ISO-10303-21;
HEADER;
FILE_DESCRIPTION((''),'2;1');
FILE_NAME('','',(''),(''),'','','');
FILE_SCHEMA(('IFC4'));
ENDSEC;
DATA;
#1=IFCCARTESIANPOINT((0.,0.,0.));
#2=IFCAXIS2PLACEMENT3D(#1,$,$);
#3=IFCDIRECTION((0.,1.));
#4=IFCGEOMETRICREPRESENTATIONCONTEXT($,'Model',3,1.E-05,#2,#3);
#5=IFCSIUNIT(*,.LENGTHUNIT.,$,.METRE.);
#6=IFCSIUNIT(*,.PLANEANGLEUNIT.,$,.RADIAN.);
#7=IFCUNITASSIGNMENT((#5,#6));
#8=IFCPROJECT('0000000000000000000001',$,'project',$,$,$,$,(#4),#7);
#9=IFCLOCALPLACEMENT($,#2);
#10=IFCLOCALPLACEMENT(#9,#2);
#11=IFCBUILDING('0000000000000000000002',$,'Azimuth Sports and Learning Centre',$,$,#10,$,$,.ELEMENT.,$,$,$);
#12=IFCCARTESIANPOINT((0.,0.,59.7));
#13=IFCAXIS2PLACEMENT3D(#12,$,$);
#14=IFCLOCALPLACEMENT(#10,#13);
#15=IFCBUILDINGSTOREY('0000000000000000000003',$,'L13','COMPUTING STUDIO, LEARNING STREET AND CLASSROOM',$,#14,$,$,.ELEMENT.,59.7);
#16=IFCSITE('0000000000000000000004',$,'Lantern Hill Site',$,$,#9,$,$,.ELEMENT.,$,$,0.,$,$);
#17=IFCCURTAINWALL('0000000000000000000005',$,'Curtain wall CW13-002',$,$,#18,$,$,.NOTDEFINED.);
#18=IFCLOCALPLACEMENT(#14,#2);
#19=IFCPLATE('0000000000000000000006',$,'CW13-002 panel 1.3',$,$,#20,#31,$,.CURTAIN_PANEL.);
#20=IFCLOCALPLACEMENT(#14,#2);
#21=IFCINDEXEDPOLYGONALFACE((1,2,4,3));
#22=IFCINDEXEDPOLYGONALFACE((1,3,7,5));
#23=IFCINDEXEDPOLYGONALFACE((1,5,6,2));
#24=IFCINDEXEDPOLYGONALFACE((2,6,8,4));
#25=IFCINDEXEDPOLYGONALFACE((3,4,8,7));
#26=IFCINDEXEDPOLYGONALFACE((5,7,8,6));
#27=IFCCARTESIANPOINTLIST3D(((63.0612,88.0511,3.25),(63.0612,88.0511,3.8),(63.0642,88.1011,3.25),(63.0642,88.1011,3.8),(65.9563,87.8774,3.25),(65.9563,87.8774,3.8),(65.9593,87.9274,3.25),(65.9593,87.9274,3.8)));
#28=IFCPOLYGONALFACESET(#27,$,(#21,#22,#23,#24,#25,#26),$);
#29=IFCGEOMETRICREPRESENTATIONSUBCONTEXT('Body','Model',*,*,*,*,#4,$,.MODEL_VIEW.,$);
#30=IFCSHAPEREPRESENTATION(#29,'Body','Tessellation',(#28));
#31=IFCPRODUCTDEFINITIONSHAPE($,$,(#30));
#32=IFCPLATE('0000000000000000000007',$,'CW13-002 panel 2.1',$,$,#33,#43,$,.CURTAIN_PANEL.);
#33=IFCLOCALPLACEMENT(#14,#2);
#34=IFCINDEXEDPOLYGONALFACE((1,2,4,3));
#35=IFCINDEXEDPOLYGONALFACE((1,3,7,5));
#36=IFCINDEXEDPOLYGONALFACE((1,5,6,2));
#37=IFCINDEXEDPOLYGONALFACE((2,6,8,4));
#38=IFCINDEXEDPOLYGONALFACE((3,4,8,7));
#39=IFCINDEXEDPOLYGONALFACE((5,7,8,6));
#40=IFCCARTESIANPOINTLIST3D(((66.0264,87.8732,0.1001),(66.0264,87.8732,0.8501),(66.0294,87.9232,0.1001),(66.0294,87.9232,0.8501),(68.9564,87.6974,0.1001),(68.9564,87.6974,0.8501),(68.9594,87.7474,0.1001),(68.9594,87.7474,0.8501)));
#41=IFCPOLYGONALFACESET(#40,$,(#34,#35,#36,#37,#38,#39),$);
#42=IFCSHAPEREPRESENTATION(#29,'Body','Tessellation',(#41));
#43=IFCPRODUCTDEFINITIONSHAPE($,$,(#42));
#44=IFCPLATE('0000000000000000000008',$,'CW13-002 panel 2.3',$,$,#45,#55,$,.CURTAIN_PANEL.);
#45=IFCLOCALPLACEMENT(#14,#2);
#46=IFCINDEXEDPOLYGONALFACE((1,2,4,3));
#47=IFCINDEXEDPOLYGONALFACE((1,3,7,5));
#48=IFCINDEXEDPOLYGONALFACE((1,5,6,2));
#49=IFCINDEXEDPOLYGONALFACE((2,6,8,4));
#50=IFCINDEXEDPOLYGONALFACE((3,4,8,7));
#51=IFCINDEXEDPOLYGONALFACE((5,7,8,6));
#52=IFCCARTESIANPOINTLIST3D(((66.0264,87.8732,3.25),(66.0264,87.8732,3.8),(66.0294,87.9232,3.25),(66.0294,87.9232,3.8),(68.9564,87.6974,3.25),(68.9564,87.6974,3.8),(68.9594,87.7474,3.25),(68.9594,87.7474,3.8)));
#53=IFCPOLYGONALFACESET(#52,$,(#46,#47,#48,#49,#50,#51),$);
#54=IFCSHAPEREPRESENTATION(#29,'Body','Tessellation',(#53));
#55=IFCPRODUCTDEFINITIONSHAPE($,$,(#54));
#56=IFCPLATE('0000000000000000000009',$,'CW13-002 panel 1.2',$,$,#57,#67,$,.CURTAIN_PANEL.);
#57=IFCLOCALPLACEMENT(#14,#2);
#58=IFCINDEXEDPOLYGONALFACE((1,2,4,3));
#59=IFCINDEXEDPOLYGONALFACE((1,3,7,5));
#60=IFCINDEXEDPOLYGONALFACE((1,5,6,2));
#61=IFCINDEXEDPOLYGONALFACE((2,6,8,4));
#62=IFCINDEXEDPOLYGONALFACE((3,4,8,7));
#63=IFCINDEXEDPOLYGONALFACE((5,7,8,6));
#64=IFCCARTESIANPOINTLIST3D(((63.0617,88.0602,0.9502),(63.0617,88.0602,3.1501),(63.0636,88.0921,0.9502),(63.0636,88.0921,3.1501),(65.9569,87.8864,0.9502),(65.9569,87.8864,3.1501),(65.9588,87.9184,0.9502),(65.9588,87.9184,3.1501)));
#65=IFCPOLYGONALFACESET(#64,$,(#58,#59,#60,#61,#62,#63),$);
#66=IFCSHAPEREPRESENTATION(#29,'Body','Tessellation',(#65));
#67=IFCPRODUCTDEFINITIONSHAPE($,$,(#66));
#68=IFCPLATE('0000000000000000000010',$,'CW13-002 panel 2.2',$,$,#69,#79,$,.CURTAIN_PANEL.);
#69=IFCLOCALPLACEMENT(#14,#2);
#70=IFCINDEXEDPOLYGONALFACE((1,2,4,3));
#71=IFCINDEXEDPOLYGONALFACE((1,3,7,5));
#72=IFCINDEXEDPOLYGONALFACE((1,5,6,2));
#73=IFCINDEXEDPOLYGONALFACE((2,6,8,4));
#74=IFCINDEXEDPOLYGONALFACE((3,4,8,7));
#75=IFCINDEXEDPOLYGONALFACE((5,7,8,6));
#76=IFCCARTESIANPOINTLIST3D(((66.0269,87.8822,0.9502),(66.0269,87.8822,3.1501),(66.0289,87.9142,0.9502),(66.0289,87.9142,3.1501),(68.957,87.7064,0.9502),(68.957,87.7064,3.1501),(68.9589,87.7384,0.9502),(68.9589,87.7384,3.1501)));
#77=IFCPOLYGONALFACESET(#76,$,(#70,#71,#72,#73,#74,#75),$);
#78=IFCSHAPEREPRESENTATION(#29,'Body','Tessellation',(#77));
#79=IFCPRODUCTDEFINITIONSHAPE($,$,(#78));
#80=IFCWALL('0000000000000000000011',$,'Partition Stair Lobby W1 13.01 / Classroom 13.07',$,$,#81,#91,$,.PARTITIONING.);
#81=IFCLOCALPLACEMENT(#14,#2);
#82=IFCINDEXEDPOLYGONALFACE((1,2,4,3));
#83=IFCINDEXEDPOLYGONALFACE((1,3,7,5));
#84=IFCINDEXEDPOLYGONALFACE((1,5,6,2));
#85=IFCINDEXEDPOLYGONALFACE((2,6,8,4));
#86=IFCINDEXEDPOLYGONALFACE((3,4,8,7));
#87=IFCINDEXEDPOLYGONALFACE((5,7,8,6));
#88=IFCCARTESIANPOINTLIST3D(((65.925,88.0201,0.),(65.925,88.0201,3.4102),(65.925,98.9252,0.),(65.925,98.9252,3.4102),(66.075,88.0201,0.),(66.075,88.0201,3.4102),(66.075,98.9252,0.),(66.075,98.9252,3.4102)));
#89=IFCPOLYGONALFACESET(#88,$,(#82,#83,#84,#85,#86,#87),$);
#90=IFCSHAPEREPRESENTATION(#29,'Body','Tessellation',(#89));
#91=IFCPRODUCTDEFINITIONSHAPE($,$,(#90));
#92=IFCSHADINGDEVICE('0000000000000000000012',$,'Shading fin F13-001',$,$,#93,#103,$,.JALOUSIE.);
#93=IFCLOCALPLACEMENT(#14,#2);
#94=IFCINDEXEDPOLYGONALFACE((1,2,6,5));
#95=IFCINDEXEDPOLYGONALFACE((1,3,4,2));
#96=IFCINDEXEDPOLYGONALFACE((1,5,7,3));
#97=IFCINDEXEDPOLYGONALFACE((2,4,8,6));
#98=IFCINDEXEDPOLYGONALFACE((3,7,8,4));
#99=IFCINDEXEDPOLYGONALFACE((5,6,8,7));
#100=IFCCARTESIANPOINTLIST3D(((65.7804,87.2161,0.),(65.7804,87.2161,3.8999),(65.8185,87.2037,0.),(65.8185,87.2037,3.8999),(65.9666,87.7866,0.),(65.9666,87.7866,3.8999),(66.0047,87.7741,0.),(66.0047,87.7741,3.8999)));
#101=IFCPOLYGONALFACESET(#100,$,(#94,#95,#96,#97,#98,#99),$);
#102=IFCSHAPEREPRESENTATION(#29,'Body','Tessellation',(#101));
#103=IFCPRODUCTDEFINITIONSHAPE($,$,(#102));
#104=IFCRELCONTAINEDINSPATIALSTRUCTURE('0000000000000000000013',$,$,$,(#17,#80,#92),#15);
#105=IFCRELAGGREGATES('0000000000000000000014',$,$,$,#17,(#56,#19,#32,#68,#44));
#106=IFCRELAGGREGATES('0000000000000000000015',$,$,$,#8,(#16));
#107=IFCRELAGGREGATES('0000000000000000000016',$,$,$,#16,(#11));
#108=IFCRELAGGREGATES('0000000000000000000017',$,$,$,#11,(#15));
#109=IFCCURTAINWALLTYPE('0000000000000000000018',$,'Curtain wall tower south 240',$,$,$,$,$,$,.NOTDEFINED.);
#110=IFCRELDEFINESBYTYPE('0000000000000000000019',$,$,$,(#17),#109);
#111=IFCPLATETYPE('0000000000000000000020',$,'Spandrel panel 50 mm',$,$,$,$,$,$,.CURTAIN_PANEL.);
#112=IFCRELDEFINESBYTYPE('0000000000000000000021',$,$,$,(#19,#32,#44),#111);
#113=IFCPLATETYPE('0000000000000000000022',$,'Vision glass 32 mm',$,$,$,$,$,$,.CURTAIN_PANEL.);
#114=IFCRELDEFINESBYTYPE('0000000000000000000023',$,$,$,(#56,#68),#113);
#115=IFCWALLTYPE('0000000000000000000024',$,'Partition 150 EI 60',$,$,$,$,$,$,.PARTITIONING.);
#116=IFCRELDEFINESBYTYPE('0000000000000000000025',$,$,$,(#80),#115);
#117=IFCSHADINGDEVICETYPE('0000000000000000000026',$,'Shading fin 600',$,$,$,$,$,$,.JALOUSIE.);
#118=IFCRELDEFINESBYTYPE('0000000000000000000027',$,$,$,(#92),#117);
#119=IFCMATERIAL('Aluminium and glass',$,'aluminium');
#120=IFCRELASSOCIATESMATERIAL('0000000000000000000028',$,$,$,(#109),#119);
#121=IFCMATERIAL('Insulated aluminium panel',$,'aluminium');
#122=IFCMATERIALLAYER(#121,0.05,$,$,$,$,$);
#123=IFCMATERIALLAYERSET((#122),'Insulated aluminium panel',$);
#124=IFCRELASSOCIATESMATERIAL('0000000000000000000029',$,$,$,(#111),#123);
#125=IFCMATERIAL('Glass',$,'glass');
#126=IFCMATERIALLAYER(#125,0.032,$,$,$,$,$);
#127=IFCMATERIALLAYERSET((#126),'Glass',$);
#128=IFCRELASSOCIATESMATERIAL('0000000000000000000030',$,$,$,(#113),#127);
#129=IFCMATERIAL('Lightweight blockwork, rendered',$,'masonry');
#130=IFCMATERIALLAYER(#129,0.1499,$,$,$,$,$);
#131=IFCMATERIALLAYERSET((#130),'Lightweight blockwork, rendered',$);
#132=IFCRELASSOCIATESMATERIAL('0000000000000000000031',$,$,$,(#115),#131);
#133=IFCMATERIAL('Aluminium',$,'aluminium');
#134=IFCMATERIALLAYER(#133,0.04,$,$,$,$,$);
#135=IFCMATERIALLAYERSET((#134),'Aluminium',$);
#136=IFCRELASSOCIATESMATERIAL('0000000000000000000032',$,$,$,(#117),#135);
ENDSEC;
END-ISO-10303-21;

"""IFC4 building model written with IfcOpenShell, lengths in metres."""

from ifc_helpers import new_model, si_unit, direction, frame, frame_2d, origin, origin_2d, place, context, subcontext, project, spatial, rectangle, extrude, material, layer, layer_set, type_object, element, aggregate, save


model = new_model("IFC4")

# Units and contexts
model_context = context("Model", 3, precision=1e-05, world=origin(), true_north=direction((0.0, 1.0)))
body_context = subcontext(model_context, "Body", "Model", "MODEL_VIEW")
ifc_project = project(units=[si_unit("LENGTHUNIT", "METRE"), si_unit("PLANEANGLEUNIT", "RADIAN")], contexts=[model_context])

# Site, building, storey
site_placement = place(None, origin())
site = spatial("IfcSite", under=ifc_project, at=site_placement, Name="Lantern Hill Site", CompositionType="ELEMENT", RefElevation=0.0)
building_placement = place(site_placement, origin())
building = spatial("IfcBuilding", under=site, at=building_placement, Name="Azimuth Sports and Learning Centre", CompositionType="ELEMENT")
storey_placement = place(building_placement, frame((0.0, 0.0, 59.7)))
storey = spatial("IfcBuildingStorey", under=building, at=storey_placement, Name="L13", Description="COMPUTING STUDIO, LEARNING STREET AND CLASSROOM", CompositionType="ELEMENT", Elevation=59.7)

# Curtain wall, plates
ifc_material_1 = material(Name="Aluminium and glass", Category="aluminium")
curtain_wall_type = type_object("IfcCurtainWallType", Name="Curtain wall tower south 240", PredefinedType="NOTDEFINED", material=ifc_material_1)
curtain_wall_placement = place(storey_placement, origin())
curtain_wall = element("IfcCurtainWall", 1, at=curtain_wall_placement, inside=storey, type_object=curtain_wall_type, Name="Curtain wall CW13-002", PredefinedType="NOTDEFINED")
ifc_material_2 = material(Name="Insulated aluminium panel", Category="aluminium")
ifc_layer_1 = layer(ifc_material_2, 0.05)
ifc_layer_set_1 = layer_set([ifc_layer_1], Name="Insulated aluminium panel")
plate_type_1 = type_object("IfcPlateType", Name="Spandrel panel 50 mm", PredefinedType="CURTAIN_PANEL", material=ifc_layer_set_1)
plate_1_placement = place(storey_placement, frame((64.5103, 87.9893, 3.25), z_axis=(0.0, 0.0, 1.0), x_axis=(0.998205, -0.059892, 0.0)))
plate_1 = element("IfcPlate", 2, at=plate_1_placement, type_object=plate_type_1, Name="CW13-002 panel 1.3", PredefinedType="CURTAIN_PANEL", context=body_context, shape_type="SweptSolid", body=[
    extrude(rectangle(XDim=2.9004, YDim=0.05, at=origin_2d()), origin(), (0.0, 0.0, 1.0), 0.55),
])
plate_2_placement = place(storey_placement, frame((67.4929, 87.8103, 0.1001), z_axis=(0.0, 0.0, 1.0), x_axis=(0.998205, -0.059892, 0.0)))
plate_2 = element("IfcPlate", 3, at=plate_2_placement, type_object=plate_type_1, Name="CW13-002 panel 2.1", PredefinedType="CURTAIN_PANEL", context=body_context, shape_type="SweptSolid", body=[
    extrude(rectangle(XDim=2.9353, YDim=0.05, at=origin_2d()), origin(), (0.0, 0.0, 1.0), 0.75),
])
plate_3_placement = place(storey_placement, frame((67.4929, 87.8103, 3.25), z_axis=(0.0, 0.0, 1.0), x_axis=(0.998205, -0.059892, 0.0)))
plate_3 = element("IfcPlate", 4, at=plate_3_placement, type_object=plate_type_1, Name="CW13-002 panel 2.3", PredefinedType="CURTAIN_PANEL", context=body_context, shape_type="SweptSolid", body=[
    extrude(rectangle(XDim=2.9353, YDim=0.05, at=origin_2d()), origin(), (0.0, 0.0, 1.0), 0.55),
])
ifc_material_3 = material(Name="Glass", Category="glass")
ifc_layer_2 = layer(ifc_material_3, 0.032)
ifc_layer_set_2 = layer_set([ifc_layer_2], Name="Glass")
plate_type_2 = type_object("IfcPlateType", Name="Vision glass 32 mm", PredefinedType="CURTAIN_PANEL", material=ifc_layer_set_2)
plate_4_placement = place(storey_placement, frame((64.5103, 87.9893, 0.9502), z_axis=(0.0, 0.0, 1.0), x_axis=(0.998205, -0.059892, 0.0)))
plate_4 = element("IfcPlate", 5, at=plate_4_placement, type_object=plate_type_2, Name="CW13-002 panel 1.2", PredefinedType="CURTAIN_PANEL", context=body_context, shape_type="SweptSolid", body=[
    extrude(rectangle(XDim=2.9004, YDim=0.032, at=origin_2d()), origin(), (0.0, 0.0, 1.0), 2.2),
])
plate_5_placement = place(storey_placement, frame((67.4929, 87.8103, 0.9502), z_axis=(0.0, 0.0, 1.0), x_axis=(0.998205, -0.059892, 0.0)))
plate_5 = element("IfcPlate", 6, at=plate_5_placement, type_object=plate_type_2, Name="CW13-002 panel 2.2", PredefinedType="CURTAIN_PANEL", context=body_context, shape_type="SweptSolid", body=[
    extrude(rectangle(XDim=2.9353, YDim=0.032, at=origin_2d()), origin(), (0.0, 0.0, 1.0), 2.2),
])
aggregate(curtain_wall, [plate_4, plate_1, plate_2, plate_5, plate_3])

# Wall
ifc_material_4 = material(Name="Lightweight blockwork, rendered", Category="masonry")
ifc_layer_3 = layer(ifc_material_4, 0.1499)
ifc_layer_set_3 = layer_set([ifc_layer_3], Name="Lightweight blockwork, rendered")
wall_type = type_object("IfcWallType", Name="Partition 150 EI 60", PredefinedType="PARTITIONING", material=ifc_layer_set_3)
wall_placement = place(storey_placement, frame((66.0, 88.02, 0.0), z_axis=(0.0, 0.0, 1.0), x_axis=(0.0, 1.0, 0.0)))
element("IfcWall", 7, at=wall_placement, inside=storey, type_object=wall_type, Name="Partition Stair Lobby W1 13.01 / Classroom 13.07", PredefinedType="PARTITIONING", context=body_context, shape_type="SweptSolid", body=[
    extrude(rectangle(XDim=10.905, YDim=0.1499, at=frame_2d((5.4526, 0.0))), origin(), (0.0, 0.0, 1.0), 3.4102),
])

# Shading device
ifc_material_5 = material(Name="Aluminium", Category="aluminium")
ifc_layer_4 = layer(ifc_material_5, 0.04)
ifc_layer_set_4 = layer_set([ifc_layer_4], Name="Aluminium")
shading_device_type = type_object("IfcShadingDeviceType", Name="Shading fin 600", PredefinedType="JALOUSIE", material=ifc_layer_set_4)
shading_device_placement = place(storey_placement, frame((65.8926, 87.4951, 0.0), z_axis=(0.0, 0.0, 1.0), x_axis=(-0.31028, -0.950645, 0.0)))
element("IfcShadingDevice", 8, at=shading_device_placement, inside=storey, type_object=shading_device_type, Name="Shading fin F13-001", PredefinedType="JALOUSIE", context=body_context, shape_type="SweptSolid", body=[
    extrude(rectangle(XDim=0.6001, YDim=0.04, at=origin_2d()), origin(), (0.0, 0.0, 1.0), 3.8999),
])

save(model, "model.ifc")
